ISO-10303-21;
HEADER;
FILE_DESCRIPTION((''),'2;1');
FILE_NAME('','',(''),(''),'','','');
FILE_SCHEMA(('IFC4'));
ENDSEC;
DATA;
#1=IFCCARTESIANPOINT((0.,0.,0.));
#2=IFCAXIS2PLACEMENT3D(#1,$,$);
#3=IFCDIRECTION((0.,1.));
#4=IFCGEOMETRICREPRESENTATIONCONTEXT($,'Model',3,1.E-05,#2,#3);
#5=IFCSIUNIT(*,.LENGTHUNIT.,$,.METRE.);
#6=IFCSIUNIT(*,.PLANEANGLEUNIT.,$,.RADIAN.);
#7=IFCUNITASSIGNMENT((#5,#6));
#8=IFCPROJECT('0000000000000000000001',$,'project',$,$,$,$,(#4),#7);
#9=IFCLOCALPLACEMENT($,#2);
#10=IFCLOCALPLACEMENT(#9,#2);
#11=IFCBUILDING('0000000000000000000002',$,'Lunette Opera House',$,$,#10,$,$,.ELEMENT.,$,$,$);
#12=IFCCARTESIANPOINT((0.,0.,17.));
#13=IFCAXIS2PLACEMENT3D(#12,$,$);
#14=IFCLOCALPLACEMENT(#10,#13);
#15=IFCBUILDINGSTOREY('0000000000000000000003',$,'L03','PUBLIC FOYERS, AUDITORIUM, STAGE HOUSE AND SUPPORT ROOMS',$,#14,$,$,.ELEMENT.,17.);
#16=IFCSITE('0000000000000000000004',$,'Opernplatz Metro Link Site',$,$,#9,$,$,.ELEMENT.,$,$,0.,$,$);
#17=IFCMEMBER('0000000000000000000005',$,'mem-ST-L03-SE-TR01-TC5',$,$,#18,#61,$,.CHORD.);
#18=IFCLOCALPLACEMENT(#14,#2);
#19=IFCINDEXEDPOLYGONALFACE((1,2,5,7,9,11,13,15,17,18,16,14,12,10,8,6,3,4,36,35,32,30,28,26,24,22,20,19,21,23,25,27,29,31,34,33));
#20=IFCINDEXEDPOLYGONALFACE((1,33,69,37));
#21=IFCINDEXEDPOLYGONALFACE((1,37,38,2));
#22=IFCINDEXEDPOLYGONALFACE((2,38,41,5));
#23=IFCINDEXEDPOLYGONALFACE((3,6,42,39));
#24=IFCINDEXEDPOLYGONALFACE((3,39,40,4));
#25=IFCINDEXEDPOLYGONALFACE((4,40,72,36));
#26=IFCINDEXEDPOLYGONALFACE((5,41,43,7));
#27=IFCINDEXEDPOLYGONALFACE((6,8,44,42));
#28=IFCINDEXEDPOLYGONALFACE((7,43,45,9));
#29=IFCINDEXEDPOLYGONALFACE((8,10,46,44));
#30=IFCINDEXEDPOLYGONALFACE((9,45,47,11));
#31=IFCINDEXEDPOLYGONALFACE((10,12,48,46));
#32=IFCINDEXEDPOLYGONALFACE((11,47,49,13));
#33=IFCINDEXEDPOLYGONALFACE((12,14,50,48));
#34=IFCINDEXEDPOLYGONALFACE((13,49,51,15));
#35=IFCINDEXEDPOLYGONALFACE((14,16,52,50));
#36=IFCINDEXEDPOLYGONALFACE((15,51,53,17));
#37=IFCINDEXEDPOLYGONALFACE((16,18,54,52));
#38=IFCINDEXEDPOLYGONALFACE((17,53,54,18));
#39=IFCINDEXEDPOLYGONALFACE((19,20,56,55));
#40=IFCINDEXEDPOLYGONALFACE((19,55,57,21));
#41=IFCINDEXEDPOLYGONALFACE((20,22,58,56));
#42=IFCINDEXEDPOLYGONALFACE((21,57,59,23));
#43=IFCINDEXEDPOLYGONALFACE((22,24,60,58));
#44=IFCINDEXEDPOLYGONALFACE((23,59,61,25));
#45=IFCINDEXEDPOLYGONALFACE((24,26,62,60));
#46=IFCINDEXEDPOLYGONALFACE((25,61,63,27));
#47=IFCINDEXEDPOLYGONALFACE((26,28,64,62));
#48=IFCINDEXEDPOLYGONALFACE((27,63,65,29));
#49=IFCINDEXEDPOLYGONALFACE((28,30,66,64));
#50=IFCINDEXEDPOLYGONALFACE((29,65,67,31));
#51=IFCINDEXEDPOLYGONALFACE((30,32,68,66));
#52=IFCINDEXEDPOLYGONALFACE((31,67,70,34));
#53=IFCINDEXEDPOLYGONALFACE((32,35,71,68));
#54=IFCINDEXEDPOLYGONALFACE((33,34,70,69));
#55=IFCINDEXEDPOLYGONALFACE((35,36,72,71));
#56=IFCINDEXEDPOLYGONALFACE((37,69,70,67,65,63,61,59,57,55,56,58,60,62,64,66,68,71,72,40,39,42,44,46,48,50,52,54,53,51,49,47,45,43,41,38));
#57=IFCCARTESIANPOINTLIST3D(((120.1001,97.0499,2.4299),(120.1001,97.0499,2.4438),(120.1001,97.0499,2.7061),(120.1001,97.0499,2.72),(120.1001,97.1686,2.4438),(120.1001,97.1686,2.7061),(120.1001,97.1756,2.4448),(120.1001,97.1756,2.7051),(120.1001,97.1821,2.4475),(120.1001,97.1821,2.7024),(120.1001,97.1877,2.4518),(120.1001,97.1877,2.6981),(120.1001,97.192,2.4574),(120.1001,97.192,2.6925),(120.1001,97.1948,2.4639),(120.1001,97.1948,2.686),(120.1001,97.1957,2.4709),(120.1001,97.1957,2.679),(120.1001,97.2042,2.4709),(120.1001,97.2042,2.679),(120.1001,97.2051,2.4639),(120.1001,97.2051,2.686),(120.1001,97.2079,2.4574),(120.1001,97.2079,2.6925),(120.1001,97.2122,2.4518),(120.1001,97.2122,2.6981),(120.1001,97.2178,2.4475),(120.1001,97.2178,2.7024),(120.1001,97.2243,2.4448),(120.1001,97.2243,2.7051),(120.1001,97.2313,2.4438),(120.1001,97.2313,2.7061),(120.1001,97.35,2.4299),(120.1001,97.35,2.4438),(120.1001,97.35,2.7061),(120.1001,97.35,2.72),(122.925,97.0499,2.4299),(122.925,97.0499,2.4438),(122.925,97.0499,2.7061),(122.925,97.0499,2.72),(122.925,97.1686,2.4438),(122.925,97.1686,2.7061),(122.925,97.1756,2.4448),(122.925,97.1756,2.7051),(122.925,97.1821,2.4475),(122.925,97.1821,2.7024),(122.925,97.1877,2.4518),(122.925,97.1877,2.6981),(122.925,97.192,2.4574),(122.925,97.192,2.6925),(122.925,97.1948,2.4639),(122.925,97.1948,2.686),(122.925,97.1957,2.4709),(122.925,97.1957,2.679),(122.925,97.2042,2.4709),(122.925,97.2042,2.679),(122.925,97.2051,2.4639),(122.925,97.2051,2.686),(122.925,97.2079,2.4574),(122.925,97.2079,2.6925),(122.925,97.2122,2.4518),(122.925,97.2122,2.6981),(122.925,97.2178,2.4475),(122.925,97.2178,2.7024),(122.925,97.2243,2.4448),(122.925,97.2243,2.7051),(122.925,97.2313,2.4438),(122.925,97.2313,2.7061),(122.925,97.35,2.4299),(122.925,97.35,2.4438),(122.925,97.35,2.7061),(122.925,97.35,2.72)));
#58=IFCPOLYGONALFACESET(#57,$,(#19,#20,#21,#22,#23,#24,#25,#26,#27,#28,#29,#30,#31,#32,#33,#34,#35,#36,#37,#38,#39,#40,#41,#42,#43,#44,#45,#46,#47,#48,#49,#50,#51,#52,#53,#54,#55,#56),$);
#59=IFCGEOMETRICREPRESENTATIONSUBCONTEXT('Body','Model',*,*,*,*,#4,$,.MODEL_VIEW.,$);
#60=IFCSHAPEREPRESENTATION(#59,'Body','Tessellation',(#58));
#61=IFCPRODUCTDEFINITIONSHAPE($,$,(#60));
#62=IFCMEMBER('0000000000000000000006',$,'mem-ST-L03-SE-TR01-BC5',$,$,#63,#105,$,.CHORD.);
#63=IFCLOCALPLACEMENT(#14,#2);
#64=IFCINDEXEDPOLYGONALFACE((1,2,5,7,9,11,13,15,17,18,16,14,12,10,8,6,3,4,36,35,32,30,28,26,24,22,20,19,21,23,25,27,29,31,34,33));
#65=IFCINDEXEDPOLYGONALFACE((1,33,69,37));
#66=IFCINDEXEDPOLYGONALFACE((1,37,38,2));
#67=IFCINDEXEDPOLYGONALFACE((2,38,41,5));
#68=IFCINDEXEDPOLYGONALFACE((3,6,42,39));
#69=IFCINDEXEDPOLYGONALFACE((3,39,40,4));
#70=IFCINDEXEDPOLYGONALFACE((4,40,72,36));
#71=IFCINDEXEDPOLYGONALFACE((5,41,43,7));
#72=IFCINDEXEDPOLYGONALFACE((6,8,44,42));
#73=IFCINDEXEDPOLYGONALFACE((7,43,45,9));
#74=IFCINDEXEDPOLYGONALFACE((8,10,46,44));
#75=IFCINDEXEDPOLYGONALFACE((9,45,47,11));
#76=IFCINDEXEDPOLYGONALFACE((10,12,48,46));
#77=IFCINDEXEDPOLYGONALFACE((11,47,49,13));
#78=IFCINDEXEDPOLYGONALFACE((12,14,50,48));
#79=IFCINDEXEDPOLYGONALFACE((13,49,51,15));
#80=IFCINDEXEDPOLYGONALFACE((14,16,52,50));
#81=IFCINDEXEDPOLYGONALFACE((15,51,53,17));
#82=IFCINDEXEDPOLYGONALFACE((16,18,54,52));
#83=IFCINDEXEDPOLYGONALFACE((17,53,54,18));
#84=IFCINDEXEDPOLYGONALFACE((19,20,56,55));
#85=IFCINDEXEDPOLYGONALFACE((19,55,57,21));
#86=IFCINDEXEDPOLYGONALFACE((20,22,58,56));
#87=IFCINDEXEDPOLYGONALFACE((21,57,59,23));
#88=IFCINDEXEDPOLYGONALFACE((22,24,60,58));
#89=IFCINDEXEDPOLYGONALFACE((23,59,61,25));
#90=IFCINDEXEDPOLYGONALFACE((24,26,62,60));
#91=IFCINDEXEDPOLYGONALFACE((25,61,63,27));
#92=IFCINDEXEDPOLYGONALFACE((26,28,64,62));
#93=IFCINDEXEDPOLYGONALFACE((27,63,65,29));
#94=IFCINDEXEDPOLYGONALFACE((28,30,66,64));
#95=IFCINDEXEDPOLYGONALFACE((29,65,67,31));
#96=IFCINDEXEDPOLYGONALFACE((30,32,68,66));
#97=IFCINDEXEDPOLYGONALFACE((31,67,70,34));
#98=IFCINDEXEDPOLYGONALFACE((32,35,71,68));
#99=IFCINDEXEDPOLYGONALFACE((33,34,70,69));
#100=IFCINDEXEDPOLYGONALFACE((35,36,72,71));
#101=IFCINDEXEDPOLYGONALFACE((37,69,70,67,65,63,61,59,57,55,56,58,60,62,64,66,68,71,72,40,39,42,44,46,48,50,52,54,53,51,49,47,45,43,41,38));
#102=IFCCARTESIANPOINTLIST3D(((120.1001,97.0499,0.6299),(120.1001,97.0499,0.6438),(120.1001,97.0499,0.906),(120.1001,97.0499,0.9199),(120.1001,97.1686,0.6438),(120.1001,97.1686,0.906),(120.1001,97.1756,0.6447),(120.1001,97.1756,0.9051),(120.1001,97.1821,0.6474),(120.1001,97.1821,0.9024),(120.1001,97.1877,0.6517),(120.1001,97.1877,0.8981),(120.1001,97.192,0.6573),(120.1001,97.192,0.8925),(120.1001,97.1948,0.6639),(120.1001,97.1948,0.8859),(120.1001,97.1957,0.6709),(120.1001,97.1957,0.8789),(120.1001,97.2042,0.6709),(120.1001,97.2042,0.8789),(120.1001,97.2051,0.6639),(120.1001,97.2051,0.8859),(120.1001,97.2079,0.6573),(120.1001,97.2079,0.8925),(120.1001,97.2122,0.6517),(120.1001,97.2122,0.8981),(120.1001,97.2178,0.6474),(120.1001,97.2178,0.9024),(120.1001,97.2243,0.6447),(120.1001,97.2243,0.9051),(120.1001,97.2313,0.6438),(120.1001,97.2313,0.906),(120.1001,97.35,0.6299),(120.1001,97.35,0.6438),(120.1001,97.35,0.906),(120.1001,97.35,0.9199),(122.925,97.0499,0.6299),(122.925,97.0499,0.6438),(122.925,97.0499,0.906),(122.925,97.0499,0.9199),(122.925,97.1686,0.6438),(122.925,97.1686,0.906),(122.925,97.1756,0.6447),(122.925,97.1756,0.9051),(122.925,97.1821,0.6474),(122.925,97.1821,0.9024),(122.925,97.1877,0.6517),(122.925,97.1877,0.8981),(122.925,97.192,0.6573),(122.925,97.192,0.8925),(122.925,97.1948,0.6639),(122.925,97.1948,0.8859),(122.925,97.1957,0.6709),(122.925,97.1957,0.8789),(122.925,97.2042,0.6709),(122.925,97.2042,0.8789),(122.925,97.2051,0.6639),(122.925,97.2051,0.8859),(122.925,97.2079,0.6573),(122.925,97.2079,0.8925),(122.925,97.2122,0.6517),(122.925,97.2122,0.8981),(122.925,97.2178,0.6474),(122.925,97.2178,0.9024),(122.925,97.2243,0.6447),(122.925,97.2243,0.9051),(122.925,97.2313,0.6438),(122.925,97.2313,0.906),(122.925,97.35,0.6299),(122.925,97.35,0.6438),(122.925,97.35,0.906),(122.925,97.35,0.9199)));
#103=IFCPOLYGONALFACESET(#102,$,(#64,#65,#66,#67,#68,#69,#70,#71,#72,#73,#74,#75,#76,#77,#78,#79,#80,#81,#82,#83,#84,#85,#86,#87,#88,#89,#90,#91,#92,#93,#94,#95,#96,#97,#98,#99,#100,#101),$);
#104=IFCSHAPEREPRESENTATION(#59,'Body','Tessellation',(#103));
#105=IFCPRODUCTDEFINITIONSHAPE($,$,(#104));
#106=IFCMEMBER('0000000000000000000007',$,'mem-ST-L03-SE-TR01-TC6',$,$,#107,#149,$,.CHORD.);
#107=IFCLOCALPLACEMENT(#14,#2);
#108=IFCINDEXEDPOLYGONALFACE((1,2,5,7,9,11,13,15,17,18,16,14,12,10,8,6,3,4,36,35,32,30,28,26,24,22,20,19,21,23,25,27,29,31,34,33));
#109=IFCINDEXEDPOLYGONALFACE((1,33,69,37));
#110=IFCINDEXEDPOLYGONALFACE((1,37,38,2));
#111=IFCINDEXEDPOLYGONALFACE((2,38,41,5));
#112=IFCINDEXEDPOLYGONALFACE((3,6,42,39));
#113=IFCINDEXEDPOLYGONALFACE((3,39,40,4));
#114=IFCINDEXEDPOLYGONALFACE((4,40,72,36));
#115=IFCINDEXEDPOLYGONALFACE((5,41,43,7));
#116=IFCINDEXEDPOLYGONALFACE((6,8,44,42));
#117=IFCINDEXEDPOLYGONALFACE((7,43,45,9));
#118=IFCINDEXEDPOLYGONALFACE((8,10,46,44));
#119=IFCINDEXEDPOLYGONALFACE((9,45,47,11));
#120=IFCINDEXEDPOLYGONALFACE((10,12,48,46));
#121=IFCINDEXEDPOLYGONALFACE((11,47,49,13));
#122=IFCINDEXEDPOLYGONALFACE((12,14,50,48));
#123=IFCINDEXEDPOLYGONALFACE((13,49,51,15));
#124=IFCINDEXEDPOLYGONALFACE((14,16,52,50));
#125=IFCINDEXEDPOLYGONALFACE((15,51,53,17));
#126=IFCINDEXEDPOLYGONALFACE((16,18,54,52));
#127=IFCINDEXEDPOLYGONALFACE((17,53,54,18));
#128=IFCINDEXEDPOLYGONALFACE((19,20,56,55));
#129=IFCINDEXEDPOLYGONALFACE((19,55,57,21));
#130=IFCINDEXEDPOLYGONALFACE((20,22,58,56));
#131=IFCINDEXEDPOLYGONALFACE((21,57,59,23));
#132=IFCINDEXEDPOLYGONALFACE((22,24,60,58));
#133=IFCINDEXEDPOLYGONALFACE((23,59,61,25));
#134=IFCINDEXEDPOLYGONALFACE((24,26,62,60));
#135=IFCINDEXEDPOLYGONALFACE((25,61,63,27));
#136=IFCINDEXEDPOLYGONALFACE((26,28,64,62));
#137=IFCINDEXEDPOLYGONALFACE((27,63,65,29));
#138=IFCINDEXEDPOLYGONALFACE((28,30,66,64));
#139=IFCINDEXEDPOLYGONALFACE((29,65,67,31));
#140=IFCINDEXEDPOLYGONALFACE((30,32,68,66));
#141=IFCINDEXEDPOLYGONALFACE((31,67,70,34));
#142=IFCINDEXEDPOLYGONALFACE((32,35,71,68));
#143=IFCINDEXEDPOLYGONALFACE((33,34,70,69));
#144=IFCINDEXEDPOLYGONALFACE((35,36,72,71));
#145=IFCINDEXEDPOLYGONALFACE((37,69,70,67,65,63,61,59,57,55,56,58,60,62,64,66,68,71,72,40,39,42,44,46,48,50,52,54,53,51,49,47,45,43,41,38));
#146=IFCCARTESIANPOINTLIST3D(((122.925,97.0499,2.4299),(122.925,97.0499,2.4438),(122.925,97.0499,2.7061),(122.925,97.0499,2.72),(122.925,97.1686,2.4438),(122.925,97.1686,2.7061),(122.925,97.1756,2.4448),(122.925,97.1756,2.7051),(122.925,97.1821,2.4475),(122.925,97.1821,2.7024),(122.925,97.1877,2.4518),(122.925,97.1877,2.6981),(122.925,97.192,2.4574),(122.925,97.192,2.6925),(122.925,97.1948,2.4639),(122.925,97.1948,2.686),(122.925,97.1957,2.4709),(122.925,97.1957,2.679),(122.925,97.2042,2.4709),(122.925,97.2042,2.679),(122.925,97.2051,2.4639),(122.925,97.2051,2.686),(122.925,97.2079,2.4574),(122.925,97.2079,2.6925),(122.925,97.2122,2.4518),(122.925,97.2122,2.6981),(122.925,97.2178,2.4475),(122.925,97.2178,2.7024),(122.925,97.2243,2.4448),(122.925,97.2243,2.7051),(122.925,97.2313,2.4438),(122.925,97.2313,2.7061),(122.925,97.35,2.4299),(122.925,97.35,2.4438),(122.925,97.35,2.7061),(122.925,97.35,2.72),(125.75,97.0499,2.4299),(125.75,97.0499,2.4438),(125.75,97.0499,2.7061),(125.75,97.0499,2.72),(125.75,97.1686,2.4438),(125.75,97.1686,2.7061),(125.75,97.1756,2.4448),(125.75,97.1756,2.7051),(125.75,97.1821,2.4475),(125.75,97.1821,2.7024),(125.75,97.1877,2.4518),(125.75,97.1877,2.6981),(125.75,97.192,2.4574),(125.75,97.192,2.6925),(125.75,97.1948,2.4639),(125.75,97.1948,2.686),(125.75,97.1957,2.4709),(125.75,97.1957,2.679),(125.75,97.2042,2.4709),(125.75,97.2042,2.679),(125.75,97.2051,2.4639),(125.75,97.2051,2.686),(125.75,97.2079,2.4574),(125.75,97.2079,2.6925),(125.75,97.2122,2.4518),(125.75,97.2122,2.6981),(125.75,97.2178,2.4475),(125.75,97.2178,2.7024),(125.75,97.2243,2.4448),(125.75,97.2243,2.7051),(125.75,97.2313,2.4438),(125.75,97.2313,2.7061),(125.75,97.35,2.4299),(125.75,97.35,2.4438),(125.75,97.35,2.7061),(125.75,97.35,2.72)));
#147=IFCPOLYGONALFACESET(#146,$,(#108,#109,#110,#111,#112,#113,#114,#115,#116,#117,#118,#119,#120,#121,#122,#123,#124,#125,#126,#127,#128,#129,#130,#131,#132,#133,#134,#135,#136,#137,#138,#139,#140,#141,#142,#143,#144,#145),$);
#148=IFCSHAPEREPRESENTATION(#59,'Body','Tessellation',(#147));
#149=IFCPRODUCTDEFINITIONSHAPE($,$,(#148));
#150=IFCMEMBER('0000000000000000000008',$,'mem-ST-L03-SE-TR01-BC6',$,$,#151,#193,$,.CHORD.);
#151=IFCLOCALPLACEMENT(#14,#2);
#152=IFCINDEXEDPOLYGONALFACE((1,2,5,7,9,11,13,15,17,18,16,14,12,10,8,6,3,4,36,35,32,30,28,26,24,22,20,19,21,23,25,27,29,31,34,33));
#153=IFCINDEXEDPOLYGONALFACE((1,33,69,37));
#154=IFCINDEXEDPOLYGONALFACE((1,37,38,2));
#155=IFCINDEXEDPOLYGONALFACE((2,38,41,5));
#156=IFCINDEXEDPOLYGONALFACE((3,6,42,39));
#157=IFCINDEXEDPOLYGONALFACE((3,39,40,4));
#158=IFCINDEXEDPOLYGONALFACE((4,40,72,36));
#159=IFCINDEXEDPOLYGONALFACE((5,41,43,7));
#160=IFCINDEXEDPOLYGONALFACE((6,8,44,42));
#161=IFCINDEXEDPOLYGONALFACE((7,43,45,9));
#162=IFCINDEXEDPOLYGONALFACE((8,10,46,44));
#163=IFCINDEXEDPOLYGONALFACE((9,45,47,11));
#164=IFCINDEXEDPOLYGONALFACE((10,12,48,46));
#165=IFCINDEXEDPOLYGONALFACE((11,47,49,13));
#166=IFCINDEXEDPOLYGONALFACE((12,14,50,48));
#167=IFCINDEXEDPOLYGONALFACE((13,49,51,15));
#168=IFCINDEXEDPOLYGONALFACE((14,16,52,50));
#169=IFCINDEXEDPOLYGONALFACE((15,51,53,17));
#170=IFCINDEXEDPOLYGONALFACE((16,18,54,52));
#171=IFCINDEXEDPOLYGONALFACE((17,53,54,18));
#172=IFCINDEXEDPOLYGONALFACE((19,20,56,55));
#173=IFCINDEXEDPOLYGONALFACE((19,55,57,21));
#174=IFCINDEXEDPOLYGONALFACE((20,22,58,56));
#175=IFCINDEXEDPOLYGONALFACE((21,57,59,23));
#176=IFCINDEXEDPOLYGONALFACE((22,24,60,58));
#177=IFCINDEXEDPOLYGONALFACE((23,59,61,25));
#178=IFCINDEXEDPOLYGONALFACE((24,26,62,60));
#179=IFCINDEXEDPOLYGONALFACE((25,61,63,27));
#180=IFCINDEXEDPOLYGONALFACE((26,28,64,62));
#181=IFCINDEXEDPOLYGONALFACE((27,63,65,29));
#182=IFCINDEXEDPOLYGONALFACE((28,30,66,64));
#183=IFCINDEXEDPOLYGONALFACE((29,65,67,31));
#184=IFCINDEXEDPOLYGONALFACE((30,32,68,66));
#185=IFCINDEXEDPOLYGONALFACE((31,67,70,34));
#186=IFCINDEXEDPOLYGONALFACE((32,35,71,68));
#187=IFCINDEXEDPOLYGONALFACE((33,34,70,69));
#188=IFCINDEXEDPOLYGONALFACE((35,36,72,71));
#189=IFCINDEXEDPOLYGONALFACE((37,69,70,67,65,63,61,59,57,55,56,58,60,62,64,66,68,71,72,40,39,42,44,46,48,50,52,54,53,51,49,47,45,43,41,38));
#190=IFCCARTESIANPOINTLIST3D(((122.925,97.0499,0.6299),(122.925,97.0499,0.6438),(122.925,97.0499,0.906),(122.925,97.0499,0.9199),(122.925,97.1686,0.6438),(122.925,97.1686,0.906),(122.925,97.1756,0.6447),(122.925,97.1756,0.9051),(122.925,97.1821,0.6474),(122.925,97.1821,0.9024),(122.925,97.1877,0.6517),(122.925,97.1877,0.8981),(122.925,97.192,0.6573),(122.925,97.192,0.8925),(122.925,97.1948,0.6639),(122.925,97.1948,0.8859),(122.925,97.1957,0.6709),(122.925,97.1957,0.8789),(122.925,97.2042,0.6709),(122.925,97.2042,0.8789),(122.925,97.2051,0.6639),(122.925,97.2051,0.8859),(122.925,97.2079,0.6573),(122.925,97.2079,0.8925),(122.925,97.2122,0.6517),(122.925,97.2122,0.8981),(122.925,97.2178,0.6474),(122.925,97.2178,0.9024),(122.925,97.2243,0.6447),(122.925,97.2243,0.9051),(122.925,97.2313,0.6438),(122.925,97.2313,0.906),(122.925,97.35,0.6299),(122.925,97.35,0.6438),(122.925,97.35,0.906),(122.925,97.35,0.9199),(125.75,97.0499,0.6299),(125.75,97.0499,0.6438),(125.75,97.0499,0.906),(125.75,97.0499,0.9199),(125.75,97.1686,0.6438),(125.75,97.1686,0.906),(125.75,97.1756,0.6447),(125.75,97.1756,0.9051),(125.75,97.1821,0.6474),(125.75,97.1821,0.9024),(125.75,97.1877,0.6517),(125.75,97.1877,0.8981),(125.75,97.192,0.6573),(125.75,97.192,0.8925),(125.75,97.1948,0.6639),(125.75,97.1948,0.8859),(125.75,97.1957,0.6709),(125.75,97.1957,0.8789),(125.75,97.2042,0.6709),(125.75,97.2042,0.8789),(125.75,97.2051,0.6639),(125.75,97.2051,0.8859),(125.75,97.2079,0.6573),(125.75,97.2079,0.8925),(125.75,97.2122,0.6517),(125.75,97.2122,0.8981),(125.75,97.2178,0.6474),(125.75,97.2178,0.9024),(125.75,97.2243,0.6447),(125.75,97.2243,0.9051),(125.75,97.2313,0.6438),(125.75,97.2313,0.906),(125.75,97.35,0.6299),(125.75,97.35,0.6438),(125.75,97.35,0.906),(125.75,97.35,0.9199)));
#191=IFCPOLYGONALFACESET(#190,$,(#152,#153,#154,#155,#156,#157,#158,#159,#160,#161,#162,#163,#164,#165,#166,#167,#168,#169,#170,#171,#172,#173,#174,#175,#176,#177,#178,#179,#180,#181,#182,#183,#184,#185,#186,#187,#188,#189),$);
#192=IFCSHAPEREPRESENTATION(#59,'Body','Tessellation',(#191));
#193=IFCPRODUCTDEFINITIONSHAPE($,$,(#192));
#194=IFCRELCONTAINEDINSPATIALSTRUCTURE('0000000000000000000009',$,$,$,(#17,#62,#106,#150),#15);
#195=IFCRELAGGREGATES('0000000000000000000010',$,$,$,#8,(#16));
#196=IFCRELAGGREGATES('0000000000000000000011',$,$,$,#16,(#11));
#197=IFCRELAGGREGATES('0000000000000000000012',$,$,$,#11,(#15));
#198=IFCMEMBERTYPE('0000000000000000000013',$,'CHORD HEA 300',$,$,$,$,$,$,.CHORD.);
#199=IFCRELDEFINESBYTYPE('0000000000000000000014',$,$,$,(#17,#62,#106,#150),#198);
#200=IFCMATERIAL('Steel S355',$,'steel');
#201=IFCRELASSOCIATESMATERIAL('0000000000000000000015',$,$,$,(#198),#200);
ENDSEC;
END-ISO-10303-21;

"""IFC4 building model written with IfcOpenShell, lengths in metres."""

from ifc_helpers import new_model, si_unit, direction, frame, origin, origin_2d, place, context, subcontext, project, spatial, i_section, extrude, material, material_profile, profile_set, type_object, element, save


model = new_model("IFC4")

# Units and contexts
model_context = context("Model", 3, precision=1e-05, world=origin(), true_north=direction((0.0, 1.0)))
body_context = subcontext(model_context, "Body", "Model", "MODEL_VIEW")
ifc_project = project(units=[si_unit("LENGTHUNIT", "METRE"), si_unit("PLANEANGLEUNIT", "RADIAN")], contexts=[model_context])

# Site, building, storey
site_placement = place(None, origin())
site = spatial("IfcSite", under=ifc_project, at=site_placement, Name="Opernplatz Metro Link Site", CompositionType="ELEMENT", RefElevation=0.0)
building_placement = place(site_placement, origin())
building = spatial("IfcBuilding", under=site, at=building_placement, Name="Lunette Opera House", CompositionType="ELEMENT")
storey_placement = place(building_placement, frame((0.0, 0.0, 17.0)))
storey = spatial("IfcBuildingStorey", under=building, at=storey_placement, Name="L03", Description="PUBLIC FOYERS, AUDITORIUM, STAGE HOUSE AND SUPPORT ROOMS", CompositionType="ELEMENT", Elevation=17.0)

# Members
ifc_material_1 = material(Name="Steel S355", Category="steel")
ifc_material_profile_1 = material_profile(ifc_material_1, i_section(OverallWidth=0.3, OverallDepth=0.29, WebThickness=0.0085, FlangeThickness=0.0139, FilletRadius=0.0271, at=origin_2d()), Name="HEA 300")
ifc_profile_set_1 = profile_set([ifc_material_profile_1], Name="Steel S355")
member_type_1 = type_object("IfcMemberType", Name="CHORD HEA 300", PredefinedType="CHORD", material=ifc_profile_set_1)
for number, where, z_axis, x_axis, name in (
    (1, (120.1001, 97.2, 2.575), (1.0, 0.0, 0.0), (0.0, 1.0, 0.0), "mem-ST-L03-SE-TR01-TC5"),
    (2, (120.1001, 97.2, 0.7749), (1.0, 0.0, 0.0), (0.0, 1.0, 0.0), "mem-ST-L03-SE-TR01-BC5"),
    (3, (122.925, 97.2, 2.575), (1.0, 0.0, 0.0), (0.0, 1.0, 0.0), "mem-ST-L03-SE-TR01-TC6"),
    (4, (122.925, 97.2, 0.7749), (1.0, 0.0, 0.0), (0.0, 1.0, 0.0), "mem-ST-L03-SE-TR01-BC6"),
):
    element("IfcMember", number, at=place(storey_placement, frame(where, z_axis=z_axis, x_axis=x_axis)), inside=storey, type_object=member_type_1, Name=name, PredefinedType="CHORD", context=body_context, shape_type="SweptSolid", body=[
        extrude(i_section(OverallWidth=0.3, OverallDepth=0.29, WebThickness=0.0085, FlangeThickness=0.0139, FilletRadius=0.0271, at=origin_2d()), origin(), (0.0, 0.0, 1.0), 2.825),
    ])

save(model, "model.ifc")
